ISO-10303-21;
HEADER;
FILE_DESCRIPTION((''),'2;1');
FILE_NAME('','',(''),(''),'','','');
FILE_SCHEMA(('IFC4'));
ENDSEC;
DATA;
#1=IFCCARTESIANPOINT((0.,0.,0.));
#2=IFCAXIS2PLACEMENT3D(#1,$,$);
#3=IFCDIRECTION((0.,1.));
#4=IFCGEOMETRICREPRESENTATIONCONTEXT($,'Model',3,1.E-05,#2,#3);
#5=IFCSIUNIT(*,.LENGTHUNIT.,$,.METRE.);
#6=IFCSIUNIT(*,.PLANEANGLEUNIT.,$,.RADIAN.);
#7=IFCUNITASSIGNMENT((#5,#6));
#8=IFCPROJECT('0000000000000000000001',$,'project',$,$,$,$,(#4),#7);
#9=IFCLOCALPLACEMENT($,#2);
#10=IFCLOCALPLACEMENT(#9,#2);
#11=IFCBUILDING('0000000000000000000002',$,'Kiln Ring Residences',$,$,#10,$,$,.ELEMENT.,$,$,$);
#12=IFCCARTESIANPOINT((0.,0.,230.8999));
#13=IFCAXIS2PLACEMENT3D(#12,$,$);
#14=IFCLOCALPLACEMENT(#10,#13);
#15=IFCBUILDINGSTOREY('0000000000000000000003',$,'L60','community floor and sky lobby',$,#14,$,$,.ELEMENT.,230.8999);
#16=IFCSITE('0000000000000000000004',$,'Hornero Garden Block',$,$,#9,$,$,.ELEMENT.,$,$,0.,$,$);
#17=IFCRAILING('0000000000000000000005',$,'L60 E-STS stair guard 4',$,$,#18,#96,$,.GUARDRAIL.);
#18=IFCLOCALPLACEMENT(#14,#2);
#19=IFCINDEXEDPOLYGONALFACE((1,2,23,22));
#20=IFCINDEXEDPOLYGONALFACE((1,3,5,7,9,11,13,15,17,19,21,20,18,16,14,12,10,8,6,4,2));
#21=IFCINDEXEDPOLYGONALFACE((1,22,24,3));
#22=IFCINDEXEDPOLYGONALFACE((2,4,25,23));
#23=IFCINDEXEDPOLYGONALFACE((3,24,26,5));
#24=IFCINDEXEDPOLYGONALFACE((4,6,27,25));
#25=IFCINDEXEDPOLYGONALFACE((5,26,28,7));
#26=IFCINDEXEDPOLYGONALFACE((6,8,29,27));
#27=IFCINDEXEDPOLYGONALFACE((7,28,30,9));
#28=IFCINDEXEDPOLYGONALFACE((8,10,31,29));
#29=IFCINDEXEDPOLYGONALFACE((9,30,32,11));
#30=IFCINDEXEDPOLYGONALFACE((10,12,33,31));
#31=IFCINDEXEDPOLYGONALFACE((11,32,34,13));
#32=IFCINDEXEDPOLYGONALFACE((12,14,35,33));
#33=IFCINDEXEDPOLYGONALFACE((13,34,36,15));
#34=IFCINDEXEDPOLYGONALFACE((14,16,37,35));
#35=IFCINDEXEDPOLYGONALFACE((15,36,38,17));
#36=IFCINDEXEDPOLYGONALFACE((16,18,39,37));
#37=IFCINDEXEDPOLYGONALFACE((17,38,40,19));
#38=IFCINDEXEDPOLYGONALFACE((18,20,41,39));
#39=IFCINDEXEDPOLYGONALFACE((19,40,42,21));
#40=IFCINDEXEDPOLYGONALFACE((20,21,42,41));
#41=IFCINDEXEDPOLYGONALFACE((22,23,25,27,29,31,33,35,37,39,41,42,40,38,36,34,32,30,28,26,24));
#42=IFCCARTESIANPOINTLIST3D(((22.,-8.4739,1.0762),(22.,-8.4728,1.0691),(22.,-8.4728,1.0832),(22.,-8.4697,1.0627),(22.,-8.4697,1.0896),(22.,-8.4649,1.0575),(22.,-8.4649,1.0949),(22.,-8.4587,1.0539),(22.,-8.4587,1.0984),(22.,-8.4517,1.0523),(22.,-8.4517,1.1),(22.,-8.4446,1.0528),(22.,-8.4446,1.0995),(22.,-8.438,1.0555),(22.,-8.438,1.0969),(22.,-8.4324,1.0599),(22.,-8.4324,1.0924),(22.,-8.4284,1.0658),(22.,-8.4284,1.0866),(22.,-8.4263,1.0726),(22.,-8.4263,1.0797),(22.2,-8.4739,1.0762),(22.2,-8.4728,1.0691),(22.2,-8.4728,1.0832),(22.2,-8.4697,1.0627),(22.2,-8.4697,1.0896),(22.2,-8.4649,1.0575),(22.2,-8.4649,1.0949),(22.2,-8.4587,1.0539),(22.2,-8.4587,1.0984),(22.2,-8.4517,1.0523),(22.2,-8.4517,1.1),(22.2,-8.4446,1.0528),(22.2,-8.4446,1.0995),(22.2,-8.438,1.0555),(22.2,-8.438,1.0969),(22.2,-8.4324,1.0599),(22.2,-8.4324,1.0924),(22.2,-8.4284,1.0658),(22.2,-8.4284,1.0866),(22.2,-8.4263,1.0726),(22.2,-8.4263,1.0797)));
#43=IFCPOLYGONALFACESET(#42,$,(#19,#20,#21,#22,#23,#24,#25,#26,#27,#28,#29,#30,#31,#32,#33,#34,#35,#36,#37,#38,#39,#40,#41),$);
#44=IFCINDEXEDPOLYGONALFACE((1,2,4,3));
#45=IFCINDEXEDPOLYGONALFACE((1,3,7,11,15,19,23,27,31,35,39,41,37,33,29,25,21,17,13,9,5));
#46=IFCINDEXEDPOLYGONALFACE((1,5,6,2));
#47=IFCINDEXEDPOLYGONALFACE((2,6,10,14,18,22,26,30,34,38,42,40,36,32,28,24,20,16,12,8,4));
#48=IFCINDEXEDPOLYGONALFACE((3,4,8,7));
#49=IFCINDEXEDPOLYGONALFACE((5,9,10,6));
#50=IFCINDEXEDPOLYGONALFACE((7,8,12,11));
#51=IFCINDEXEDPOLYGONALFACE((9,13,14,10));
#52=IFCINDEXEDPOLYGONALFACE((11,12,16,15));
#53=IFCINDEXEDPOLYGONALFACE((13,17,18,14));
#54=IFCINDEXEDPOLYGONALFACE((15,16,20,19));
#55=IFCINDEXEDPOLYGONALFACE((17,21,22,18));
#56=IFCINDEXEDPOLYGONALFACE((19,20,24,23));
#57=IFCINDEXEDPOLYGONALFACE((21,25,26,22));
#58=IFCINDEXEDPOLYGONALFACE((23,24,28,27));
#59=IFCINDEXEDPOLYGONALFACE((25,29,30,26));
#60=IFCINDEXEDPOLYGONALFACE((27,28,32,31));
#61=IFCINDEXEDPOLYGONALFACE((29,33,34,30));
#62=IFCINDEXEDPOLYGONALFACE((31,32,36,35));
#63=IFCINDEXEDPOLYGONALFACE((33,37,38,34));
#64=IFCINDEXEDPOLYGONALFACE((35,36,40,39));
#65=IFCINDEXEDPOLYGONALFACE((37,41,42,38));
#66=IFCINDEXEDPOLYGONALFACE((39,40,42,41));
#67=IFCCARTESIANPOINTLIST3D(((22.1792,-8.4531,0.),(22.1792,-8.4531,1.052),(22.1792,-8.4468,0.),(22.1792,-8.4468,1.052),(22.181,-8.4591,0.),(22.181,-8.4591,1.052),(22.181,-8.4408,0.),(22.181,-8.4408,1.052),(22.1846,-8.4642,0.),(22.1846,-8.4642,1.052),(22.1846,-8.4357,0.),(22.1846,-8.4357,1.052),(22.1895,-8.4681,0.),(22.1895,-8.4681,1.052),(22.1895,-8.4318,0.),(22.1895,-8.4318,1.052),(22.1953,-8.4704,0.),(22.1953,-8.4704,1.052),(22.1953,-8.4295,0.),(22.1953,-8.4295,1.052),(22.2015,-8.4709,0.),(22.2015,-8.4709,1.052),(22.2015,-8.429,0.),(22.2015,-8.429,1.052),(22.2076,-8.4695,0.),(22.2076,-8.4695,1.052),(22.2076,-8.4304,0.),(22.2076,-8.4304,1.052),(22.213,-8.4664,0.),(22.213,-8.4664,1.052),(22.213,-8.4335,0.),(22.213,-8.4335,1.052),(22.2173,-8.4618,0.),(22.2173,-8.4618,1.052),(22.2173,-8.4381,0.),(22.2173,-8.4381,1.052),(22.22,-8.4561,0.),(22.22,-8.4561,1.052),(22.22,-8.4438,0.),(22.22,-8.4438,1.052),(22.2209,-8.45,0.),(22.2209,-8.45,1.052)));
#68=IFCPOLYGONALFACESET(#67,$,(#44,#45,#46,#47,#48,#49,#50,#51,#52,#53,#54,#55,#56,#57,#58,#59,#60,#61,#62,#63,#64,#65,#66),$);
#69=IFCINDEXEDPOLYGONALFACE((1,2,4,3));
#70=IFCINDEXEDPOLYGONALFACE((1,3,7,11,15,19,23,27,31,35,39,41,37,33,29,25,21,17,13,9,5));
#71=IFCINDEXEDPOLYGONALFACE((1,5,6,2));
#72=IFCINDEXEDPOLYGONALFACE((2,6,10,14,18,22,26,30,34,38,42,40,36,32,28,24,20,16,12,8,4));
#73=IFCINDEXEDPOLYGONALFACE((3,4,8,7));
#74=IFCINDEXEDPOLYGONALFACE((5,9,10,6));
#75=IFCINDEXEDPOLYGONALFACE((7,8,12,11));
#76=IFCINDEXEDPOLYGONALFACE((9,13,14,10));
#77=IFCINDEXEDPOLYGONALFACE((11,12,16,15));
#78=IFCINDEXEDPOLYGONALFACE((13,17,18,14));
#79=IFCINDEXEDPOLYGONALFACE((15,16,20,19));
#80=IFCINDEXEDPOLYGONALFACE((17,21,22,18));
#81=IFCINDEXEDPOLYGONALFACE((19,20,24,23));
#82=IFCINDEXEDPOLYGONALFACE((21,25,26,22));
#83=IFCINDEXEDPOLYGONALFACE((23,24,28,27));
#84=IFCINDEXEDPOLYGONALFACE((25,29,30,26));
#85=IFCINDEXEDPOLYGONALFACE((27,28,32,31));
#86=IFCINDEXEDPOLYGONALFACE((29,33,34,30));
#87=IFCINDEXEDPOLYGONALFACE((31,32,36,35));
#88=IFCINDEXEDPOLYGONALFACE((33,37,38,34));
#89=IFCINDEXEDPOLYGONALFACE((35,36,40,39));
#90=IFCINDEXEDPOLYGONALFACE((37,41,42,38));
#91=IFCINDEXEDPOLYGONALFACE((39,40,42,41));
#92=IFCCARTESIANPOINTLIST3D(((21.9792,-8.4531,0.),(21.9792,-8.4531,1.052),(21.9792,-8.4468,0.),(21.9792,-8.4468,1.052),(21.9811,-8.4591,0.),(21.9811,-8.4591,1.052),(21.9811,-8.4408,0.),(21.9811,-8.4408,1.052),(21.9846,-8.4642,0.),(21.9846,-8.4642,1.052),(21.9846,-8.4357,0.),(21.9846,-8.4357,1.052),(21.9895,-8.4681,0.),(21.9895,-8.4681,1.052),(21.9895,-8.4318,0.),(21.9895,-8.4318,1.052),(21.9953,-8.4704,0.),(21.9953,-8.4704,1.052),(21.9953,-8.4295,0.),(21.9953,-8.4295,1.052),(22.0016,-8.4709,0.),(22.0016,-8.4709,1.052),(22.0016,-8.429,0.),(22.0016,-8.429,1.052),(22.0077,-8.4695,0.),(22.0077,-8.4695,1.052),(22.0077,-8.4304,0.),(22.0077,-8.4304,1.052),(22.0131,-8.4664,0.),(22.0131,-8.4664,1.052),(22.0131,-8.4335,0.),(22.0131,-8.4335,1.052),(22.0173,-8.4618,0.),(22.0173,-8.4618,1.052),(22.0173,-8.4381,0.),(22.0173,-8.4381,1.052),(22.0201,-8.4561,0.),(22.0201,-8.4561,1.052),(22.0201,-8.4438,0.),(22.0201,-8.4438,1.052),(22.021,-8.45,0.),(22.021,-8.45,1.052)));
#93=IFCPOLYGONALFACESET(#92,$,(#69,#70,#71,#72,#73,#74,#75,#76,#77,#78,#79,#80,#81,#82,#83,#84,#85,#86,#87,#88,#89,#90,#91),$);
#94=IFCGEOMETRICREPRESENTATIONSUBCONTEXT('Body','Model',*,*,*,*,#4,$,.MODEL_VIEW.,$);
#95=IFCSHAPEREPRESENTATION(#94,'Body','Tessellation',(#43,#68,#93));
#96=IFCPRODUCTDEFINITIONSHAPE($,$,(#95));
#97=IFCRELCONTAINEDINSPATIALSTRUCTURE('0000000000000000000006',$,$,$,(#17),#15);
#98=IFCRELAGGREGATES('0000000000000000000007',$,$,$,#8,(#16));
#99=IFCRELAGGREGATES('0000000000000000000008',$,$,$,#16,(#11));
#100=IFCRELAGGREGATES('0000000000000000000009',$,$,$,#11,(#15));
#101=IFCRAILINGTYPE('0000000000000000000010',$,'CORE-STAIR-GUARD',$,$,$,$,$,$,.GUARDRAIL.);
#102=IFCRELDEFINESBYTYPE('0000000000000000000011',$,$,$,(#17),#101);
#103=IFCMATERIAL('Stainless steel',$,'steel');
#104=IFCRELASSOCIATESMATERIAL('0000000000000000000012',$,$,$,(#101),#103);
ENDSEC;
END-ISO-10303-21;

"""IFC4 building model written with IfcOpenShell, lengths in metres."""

from ifc_helpers import new_model, si_unit, direction, frame, origin, origin_2d, place, context, subcontext, project, spatial, circle, extrude, material, type_object, element, save


model = new_model("IFC4")

# Units and contexts
model_context = context("Model", 3, precision=1e-05, world=origin(), true_north=direction((0.0, 1.0)))
body_context = subcontext(model_context, "Body", "Model", "MODEL_VIEW")
ifc_project = project(units=[si_unit("LENGTHUNIT", "METRE"), si_unit("PLANEANGLEUNIT", "RADIAN")], contexts=[model_context])

# Site, building, storey
site_placement = place(None, origin())
site = spatial("IfcSite", under=ifc_project, at=site_placement, Name="Hornero Garden Block", CompositionType="ELEMENT", RefElevation=0.0)
building_placement = place(site_placement, origin())
building = spatial("IfcBuilding", under=site, at=building_placement, Name="Kiln Ring Residences", CompositionType="ELEMENT")
storey_placement = place(building_placement, frame((0.0, 0.0, 230.8999)))
storey = spatial("IfcBuildingStorey", under=building, at=storey_placement, Name="L60", Description="community floor and sky lobby", CompositionType="ELEMENT", Elevation=230.8999)

# Railing
ifc_material_1 = material(Name="Stainless steel", Category="steel")
railing_type_1 = type_object("IfcRailingType", Name="CORE-STAIR-GUARD", PredefinedType="GUARDRAIL", material=ifc_material_1)
railing_1_placement = place(storey_placement, frame((22.2, -8.45, 0.0)))
element("IfcRailing", 1, at=railing_1_placement, inside=storey, type_object=railing_type_1, Name="L60 E-STS stair guard 4", PredefinedType="GUARDRAIL", context=body_context, shape_type="SweptSolid", body=[
    extrude(circle(Radius=0.0239, at=origin_2d()), frame((0.0, 0.0, 1.0762), z_axis=(-1.0, 0.0, 0.0), x_axis=(0.0, -1.0, 0.0)), (0.0, 0.0, 1.0), 0.2),
    extrude(circle(Radius=0.021, at=origin_2d()), origin(), (0.0, 0.0, 1.0), 1.052),
    extrude(circle(Radius=0.021, at=origin_2d()), frame((-0.2, 0.0, 0.0)), (0.0, 0.0, 1.0), 1.052),
])

save(model, "model.ifc")
